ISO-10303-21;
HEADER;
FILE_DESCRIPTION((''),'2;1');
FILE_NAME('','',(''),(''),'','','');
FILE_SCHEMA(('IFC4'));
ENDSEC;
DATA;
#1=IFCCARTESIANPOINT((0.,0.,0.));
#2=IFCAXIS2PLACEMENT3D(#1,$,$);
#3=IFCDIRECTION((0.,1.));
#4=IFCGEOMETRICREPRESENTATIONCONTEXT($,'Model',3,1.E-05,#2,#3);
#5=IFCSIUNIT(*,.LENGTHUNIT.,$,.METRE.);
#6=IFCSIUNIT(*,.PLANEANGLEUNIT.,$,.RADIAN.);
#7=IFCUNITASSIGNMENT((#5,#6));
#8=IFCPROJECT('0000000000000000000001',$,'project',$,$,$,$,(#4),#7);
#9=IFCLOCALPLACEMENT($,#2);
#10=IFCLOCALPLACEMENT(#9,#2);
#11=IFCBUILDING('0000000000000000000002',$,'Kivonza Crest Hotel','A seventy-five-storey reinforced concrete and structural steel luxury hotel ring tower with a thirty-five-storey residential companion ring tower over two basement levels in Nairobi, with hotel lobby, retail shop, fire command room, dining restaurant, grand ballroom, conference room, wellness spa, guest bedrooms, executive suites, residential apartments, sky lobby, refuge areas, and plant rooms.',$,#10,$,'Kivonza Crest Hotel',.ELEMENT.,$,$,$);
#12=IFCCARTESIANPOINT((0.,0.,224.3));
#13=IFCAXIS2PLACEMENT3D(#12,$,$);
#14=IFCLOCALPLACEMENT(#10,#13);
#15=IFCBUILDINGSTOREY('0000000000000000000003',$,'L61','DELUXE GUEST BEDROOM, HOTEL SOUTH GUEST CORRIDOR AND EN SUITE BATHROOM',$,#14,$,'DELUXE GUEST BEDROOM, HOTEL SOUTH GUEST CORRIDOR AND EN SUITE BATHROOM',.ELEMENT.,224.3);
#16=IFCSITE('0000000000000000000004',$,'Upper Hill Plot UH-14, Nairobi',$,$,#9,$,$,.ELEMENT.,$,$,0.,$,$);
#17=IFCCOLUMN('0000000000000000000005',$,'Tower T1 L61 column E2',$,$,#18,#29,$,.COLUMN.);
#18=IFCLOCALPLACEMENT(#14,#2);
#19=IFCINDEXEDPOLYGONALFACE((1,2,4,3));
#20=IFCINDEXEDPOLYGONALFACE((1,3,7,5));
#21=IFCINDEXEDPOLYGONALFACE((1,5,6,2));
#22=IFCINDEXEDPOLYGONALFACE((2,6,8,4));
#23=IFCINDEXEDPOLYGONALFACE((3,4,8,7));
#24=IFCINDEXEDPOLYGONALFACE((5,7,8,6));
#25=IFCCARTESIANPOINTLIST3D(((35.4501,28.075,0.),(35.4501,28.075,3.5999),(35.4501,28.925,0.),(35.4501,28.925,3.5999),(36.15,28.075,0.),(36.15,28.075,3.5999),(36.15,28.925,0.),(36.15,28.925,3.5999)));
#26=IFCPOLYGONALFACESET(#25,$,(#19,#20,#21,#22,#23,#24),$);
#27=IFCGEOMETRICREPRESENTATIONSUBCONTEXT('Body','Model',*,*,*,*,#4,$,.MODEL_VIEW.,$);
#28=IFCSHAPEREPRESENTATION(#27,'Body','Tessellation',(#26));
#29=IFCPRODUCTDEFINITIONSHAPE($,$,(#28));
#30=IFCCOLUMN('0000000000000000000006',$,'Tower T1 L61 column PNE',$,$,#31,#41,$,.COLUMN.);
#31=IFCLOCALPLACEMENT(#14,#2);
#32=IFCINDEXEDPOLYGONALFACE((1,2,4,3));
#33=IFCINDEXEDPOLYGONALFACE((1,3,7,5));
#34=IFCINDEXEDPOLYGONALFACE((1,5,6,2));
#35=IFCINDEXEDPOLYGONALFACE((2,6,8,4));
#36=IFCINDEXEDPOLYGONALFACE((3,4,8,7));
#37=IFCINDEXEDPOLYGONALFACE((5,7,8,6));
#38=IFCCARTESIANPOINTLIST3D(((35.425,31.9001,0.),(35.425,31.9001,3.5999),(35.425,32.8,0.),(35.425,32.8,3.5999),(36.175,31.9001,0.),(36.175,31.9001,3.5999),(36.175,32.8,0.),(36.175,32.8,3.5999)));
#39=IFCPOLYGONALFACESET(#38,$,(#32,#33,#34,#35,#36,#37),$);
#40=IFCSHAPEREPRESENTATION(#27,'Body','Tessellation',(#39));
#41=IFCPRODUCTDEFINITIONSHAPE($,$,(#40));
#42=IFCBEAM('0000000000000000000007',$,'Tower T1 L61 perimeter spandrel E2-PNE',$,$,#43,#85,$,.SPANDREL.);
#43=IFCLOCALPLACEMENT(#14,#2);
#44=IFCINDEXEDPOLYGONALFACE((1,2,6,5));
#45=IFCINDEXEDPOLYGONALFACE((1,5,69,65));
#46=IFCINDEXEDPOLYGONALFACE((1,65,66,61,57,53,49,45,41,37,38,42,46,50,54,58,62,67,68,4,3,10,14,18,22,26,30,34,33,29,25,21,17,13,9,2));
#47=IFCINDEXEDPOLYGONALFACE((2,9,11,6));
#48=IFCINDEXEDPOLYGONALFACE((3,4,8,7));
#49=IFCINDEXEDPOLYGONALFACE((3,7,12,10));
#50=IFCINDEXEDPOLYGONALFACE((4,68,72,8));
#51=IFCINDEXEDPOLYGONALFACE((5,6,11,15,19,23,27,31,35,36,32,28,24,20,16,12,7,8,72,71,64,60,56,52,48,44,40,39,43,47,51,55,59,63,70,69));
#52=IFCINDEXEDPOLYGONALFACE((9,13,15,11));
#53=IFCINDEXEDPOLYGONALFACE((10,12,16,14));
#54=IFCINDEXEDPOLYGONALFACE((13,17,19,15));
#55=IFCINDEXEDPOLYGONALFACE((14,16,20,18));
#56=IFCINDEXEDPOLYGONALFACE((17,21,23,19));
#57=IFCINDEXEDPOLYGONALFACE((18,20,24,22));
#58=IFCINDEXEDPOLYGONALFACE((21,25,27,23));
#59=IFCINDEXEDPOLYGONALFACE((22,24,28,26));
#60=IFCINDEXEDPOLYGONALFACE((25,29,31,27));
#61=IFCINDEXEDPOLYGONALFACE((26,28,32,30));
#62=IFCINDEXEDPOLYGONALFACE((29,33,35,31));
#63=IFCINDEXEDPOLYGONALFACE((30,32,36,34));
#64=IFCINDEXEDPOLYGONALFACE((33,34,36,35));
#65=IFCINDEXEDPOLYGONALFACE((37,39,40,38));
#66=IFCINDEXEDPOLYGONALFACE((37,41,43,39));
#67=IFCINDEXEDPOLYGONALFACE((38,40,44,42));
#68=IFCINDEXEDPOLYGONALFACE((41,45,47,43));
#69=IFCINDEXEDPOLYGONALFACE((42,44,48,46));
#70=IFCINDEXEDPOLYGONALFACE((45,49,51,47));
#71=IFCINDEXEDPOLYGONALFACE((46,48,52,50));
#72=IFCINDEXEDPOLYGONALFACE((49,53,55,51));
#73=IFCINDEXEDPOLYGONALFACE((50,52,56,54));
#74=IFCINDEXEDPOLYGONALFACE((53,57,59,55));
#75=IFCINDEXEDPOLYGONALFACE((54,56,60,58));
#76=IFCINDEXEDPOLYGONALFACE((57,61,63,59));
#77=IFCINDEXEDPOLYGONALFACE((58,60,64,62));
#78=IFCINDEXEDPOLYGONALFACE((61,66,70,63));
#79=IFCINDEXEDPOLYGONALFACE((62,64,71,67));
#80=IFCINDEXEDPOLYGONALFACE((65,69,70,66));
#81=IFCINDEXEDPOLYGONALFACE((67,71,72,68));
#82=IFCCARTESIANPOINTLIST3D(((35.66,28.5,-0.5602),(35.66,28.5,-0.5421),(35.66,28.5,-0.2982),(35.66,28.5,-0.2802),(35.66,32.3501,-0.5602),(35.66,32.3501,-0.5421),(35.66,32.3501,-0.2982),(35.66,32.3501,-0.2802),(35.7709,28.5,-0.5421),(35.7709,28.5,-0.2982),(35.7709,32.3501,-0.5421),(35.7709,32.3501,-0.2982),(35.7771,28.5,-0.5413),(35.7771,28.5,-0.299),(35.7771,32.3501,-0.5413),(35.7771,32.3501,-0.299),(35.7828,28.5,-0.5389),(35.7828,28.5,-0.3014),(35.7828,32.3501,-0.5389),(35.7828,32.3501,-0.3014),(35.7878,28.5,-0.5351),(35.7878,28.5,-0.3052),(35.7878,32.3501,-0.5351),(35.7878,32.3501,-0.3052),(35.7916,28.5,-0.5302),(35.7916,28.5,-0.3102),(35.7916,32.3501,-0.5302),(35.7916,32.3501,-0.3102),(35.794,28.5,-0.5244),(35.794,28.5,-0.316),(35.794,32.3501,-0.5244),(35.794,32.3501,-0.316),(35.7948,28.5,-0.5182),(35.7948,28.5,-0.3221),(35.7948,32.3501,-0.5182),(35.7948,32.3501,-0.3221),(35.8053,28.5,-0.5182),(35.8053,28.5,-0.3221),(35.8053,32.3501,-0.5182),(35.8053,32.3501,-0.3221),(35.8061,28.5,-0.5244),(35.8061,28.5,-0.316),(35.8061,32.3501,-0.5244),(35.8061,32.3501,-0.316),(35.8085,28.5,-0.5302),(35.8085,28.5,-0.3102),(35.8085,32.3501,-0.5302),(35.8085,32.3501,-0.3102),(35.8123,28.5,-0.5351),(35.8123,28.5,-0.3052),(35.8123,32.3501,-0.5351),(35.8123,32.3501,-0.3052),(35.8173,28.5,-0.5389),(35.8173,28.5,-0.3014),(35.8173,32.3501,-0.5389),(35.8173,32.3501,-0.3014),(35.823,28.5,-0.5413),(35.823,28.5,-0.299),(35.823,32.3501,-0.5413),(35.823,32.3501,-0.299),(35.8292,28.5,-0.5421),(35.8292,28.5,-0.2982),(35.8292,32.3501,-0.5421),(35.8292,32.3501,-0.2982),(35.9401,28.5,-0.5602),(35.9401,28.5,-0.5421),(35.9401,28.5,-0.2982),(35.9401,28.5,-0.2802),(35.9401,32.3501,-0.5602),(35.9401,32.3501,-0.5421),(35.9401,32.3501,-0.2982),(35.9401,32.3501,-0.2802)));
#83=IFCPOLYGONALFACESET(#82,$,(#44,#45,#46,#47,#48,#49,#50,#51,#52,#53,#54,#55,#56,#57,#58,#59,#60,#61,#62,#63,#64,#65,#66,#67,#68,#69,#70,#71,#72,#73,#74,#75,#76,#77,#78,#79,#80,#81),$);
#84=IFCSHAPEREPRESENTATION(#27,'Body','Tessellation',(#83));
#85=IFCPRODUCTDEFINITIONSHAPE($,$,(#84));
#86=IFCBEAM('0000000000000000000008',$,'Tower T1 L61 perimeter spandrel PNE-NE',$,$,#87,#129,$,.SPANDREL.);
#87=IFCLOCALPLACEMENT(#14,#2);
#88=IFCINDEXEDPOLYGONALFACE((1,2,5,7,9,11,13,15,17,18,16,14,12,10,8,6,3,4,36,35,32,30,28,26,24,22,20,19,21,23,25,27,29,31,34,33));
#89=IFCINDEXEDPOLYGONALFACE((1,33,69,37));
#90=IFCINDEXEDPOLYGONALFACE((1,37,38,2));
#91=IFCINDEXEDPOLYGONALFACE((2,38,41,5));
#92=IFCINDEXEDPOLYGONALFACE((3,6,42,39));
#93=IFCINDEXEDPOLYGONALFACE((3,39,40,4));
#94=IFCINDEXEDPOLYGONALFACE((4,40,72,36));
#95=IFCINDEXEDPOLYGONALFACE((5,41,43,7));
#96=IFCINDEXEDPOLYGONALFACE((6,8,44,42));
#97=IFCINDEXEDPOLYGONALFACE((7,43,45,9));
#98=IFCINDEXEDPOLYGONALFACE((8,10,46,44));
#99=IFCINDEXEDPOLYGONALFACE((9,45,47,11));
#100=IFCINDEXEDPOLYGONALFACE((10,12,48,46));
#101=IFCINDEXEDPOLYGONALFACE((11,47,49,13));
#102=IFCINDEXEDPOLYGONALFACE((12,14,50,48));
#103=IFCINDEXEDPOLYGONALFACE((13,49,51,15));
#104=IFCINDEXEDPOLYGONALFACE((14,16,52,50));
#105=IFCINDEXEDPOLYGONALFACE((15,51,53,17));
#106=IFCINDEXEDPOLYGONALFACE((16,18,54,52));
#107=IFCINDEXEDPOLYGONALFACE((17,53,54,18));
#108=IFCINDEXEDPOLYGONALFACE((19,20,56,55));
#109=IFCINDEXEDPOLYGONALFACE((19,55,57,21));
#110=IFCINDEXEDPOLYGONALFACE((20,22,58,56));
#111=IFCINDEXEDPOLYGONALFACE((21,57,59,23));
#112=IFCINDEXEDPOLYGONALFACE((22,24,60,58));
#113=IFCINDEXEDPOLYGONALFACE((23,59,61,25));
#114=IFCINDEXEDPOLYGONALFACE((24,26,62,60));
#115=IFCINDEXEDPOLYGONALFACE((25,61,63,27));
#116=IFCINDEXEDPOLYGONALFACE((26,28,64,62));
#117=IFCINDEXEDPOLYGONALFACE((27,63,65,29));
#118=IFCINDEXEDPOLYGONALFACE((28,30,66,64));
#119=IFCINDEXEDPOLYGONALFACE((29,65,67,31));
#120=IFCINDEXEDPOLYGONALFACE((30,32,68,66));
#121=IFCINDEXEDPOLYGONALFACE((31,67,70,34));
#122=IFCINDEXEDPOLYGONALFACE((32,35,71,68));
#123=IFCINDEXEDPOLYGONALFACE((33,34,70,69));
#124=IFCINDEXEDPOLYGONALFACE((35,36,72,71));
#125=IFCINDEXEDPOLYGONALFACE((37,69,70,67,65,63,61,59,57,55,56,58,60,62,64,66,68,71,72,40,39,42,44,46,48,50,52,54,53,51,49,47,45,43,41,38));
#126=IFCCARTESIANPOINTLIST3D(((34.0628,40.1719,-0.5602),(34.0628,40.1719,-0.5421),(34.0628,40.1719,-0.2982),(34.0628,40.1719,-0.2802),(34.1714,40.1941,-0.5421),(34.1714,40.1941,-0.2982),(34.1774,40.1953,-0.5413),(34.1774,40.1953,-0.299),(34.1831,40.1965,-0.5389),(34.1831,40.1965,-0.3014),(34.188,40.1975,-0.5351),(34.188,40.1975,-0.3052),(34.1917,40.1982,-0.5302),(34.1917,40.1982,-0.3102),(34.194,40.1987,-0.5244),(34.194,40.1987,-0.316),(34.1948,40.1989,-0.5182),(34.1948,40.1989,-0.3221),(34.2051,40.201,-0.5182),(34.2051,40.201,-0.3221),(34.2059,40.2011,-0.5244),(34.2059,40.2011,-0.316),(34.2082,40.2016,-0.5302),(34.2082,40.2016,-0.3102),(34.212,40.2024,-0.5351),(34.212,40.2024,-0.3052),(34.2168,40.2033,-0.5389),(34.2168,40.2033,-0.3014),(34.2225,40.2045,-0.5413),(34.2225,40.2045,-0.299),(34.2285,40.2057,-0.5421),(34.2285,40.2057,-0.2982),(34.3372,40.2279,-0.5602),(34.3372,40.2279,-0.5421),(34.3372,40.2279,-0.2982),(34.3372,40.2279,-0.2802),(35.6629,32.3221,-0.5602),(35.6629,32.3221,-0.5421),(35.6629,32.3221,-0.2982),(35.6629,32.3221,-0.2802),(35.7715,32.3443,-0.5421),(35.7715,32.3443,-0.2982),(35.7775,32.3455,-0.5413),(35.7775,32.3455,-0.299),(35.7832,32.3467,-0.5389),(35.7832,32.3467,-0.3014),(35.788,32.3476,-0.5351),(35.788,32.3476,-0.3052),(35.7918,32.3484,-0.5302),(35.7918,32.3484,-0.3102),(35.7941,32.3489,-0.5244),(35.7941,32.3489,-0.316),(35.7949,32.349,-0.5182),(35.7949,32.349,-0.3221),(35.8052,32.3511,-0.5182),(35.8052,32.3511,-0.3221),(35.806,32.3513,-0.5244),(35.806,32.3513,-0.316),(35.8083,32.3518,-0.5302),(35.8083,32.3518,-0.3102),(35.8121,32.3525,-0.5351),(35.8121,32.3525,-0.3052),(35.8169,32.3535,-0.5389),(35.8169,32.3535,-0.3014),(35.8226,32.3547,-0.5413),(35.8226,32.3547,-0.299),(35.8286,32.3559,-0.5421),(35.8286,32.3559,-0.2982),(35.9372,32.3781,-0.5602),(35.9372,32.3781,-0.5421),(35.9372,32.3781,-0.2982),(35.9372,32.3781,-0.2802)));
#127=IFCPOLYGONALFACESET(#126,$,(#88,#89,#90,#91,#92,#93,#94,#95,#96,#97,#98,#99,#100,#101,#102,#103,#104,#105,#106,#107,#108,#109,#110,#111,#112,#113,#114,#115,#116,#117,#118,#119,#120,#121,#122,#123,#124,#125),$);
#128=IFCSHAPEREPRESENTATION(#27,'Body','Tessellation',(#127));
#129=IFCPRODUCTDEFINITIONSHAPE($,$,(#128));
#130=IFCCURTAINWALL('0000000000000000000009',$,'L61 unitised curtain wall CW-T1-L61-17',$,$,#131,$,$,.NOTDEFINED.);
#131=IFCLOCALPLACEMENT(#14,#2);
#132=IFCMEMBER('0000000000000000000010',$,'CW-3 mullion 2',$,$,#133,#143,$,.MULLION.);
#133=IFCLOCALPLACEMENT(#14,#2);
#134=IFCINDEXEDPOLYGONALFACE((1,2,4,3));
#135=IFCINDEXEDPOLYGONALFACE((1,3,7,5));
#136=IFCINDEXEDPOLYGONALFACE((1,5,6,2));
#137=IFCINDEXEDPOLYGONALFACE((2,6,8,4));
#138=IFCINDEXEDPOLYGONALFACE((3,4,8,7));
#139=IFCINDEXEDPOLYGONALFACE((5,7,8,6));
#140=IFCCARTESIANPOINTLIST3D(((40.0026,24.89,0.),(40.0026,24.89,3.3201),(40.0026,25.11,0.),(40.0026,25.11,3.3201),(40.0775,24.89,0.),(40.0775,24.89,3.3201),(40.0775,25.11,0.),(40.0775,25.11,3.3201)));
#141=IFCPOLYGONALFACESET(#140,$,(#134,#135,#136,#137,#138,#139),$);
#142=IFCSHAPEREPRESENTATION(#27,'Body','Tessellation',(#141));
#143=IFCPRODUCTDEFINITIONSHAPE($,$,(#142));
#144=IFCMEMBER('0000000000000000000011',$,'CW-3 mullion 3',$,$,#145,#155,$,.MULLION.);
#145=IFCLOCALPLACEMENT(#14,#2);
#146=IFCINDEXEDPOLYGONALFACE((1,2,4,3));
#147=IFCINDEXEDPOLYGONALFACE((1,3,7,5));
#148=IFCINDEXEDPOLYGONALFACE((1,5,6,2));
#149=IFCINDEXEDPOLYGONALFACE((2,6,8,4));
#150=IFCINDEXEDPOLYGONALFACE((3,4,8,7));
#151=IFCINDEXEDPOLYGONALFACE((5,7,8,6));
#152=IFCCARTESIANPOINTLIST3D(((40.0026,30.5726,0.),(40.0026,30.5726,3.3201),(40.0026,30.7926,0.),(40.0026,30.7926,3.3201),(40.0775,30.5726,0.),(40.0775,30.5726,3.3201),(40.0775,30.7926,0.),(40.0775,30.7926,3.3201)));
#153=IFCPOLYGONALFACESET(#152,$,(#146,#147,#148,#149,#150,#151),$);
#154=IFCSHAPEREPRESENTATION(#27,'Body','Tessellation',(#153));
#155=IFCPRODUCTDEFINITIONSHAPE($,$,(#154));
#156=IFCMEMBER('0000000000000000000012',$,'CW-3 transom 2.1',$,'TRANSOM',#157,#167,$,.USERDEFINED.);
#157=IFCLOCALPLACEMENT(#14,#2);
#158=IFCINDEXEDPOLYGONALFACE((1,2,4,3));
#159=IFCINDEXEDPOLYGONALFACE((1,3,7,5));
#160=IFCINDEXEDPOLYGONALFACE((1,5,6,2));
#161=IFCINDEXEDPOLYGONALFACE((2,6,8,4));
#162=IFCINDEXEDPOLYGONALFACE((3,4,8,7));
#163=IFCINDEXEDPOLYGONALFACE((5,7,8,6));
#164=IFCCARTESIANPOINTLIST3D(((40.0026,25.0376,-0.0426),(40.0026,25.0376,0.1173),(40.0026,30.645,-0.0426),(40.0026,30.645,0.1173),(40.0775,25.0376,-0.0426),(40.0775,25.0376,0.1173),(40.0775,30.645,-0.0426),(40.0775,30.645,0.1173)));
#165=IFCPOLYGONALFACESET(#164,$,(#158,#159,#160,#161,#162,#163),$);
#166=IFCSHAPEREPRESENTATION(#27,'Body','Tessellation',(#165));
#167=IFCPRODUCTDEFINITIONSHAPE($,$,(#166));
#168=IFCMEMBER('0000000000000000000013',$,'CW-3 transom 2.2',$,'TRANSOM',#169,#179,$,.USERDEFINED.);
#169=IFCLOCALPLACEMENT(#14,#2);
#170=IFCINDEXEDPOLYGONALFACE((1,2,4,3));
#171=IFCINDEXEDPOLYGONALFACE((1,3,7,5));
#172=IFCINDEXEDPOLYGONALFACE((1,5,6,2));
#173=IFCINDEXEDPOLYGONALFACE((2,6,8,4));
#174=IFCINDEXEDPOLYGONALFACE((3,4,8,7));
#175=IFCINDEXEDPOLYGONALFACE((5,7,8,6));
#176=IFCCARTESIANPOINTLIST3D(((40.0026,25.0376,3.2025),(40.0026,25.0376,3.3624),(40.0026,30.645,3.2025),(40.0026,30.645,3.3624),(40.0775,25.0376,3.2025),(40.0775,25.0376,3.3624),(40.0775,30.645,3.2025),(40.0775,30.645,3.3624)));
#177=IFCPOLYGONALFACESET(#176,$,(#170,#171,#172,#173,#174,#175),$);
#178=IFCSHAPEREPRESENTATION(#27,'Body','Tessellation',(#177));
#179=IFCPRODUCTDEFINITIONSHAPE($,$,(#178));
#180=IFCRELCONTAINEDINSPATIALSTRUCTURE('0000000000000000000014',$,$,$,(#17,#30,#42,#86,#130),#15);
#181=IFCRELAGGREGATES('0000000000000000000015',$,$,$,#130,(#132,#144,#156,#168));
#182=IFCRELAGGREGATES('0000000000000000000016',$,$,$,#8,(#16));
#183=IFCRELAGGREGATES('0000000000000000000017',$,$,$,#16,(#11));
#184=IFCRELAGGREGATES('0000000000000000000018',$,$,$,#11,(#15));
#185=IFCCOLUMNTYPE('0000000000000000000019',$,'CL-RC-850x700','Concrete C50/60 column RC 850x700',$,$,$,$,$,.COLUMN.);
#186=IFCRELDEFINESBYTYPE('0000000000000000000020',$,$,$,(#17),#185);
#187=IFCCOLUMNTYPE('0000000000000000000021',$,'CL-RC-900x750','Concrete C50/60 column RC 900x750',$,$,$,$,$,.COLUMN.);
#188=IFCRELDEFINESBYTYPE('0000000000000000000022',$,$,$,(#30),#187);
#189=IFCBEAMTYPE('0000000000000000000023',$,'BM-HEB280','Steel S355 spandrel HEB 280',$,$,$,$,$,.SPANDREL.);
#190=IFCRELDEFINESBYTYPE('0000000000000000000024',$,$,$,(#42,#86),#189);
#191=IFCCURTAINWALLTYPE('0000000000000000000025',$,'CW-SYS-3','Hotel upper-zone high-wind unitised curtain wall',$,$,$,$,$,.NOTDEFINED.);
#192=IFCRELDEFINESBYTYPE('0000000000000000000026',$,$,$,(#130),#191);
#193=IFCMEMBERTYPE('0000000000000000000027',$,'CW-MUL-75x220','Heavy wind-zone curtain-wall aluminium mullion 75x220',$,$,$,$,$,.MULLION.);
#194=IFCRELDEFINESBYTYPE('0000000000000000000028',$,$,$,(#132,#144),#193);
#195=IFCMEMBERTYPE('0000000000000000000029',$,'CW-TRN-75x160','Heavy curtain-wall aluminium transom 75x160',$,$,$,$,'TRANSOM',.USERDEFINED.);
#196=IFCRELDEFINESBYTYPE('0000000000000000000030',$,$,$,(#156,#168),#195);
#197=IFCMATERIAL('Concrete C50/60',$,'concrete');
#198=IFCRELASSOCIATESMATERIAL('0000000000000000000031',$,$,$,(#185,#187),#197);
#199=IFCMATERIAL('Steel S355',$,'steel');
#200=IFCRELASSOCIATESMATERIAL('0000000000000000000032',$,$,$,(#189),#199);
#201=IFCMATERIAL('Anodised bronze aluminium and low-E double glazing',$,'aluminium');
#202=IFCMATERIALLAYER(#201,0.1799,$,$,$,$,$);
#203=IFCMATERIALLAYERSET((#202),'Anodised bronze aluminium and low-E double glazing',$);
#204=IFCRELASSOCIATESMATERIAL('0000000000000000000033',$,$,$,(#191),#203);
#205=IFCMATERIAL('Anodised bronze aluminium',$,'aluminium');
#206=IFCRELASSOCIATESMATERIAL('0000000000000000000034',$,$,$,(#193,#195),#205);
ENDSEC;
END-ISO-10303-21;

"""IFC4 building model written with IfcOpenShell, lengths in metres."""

from ifc_helpers import new_model, si_unit, direction, frame, origin, origin_2d, place, context, subcontext, project, spatial, rectangle, i_section, extrude, material, layer, layer_set, material_profile, profile_set, type_object, element, aggregate, save


model = new_model("IFC4")

# Units and contexts
model_context = context("Model", 3, precision=1e-05, world=origin(), true_north=direction((0.0, 1.0)))
body_context = subcontext(model_context, "Body", "Model", "MODEL_VIEW")
ifc_project = project(units=[si_unit("LENGTHUNIT", "METRE"), si_unit("PLANEANGLEUNIT", "RADIAN")], contexts=[model_context])

# Site, building, storey
site_placement = place(None, origin())
site = spatial("IfcSite", under=ifc_project, at=site_placement, Name="Upper Hill Plot UH-14, Nairobi", CompositionType="ELEMENT", RefElevation=0.0)
building_placement = place(site_placement, origin())
building = spatial("IfcBuilding", under=site, at=building_placement, Name="Kivonza Crest Hotel", Description="A seventy-five-storey reinforced concrete and structural steel luxury hotel ring tower with a thirty-five-storey residential companion ring tower over two basement levels in Nairobi, with hotel lobby, retail shop, fire command room, dining restaurant, grand ballroom, conference room, wellness spa, guest bedrooms, executive suites, residential apartments, sky lobby, refuge areas, and plant rooms.", LongName="Kivonza Crest Hotel", CompositionType="ELEMENT")
storey_placement = place(building_placement, frame((0.0, 0.0, 224.3)))
storey = spatial("IfcBuildingStorey", under=building, at=storey_placement, Name="L61", Description="DELUXE GUEST BEDROOM, HOTEL SOUTH GUEST CORRIDOR AND EN SUITE BATHROOM", LongName="DELUXE GUEST BEDROOM, HOTEL SOUTH GUEST CORRIDOR AND EN SUITE BATHROOM", CompositionType="ELEMENT", Elevation=224.3)

# Columns
ifc_material_1 = material(Name="Concrete C50/60", Category="concrete")
ifc_material_profile_1 = material_profile(ifc_material_1, rectangle(XDim=0.7, YDim=0.8501, at=origin_2d()), Name="RC 850x700")
ifc_profile_set_1 = profile_set([ifc_material_profile_1], Name="Concrete C50/60")
column_type_1 = type_object("IfcColumnType", Name="CL-RC-850x700", Description="Concrete C50/60 column RC 850x700", PredefinedType="COLUMN", material=ifc_profile_set_1)
column_1_placement = place(storey_placement, frame((35.8, 28.5, 0.0), z_axis=(0.0, 0.0, 1.0), x_axis=(1.0, 0.0, 0.0)))
element("IfcColumn", 1, at=column_1_placement, inside=storey, type_object=column_type_1, Name="Tower T1 L61 column E2", PredefinedType="COLUMN", context=body_context, shape_type="SweptSolid", body=[
    extrude(rectangle(XDim=0.7, YDim=0.8501, at=origin_2d()), origin(), (0.0, 0.0, 1.0), 3.5999),
])
ifc_material_profile_2 = material_profile(ifc_material_1, rectangle(XDim=0.75, YDim=0.8999, at=origin_2d()), Name="RC 900x750")
ifc_profile_set_2 = profile_set([ifc_material_profile_2], Name="Concrete C50/60")
column_type_2 = type_object("IfcColumnType", Name="CL-RC-900x750", Description="Concrete C50/60 column RC 900x750", PredefinedType="COLUMN", material=ifc_profile_set_2)
column_2_placement = place(storey_placement, frame((35.8, 32.3501, 0.0), z_axis=(0.0, 0.0, 1.0), x_axis=(1.0, 0.0, 0.0)))
element("IfcColumn", 2, at=column_2_placement, inside=storey, type_object=column_type_2, Name="Tower T1 L61 column PNE", PredefinedType="COLUMN", context=body_context, shape_type="SweptSolid", body=[
    extrude(rectangle(XDim=0.75, YDim=0.8999, at=origin_2d()), origin(), (0.0, 0.0, 1.0), 3.5999),
])

# Beams
ifc_material_2 = material(Name="Steel S355", Category="steel")
ifc_material_profile_3 = material_profile(ifc_material_2, i_section(OverallWidth=0.28, OverallDepth=0.28, WebThickness=0.0105, FlangeThickness=0.0181, FilletRadius=0.0239, at=origin_2d()), Name="HEB 280")
ifc_profile_set_3 = profile_set([ifc_material_profile_3], Name="Steel S355")
beam_type = type_object("IfcBeamType", Name="BM-HEB280", Description="Steel S355 spandrel HEB 280", PredefinedType="SPANDREL", material=ifc_profile_set_3)
beam_1_placement = place(storey_placement, frame((35.8, 28.5, -0.4202), z_axis=(0.0, 1.0, 0.0), x_axis=(-1.0, 0.0, 0.0)))
element("IfcBeam", 3, at=beam_1_placement, inside=storey, type_object=beam_type, Name="Tower T1 L61 perimeter spandrel E2-PNE", PredefinedType="SPANDREL", context=body_context, shape_type="SweptSolid", body=[
    extrude(i_section(OverallWidth=0.28, OverallDepth=0.28, WebThickness=0.0105, FlangeThickness=0.0181, FilletRadius=0.0239, at=origin_2d()), origin(), (0.0, 0.0, 1.0), 3.8501),
])
beam_2_placement = place(storey_placement, frame((35.8, 32.3501, -0.4202), z_axis=(-0.199731, 0.979851, 0.0), x_axis=(-0.979851, -0.199731, 0.0)))
element("IfcBeam", 4, at=beam_2_placement, inside=storey, type_object=beam_type, Name="Tower T1 L61 perimeter spandrel PNE-NE", PredefinedType="SPANDREL", context=body_context, shape_type="SweptSolid", body=[
    extrude(i_section(OverallWidth=0.28, OverallDepth=0.28, WebThickness=0.0105, FlangeThickness=0.0181, FilletRadius=0.0239, at=origin_2d()), origin(), (0.0, 0.0, 1.0), 8.0112),
])

# Curtain wall, members
ifc_material_3 = material(Name="Anodised bronze aluminium and low-E double glazing", Category="aluminium")
ifc_layer_1 = layer(ifc_material_3, 0.1799)
ifc_layer_set_1 = layer_set([ifc_layer_1], Name="Anodised bronze aluminium and low-E double glazing")
curtain_wall_type = type_object("IfcCurtainWallType", Name="CW-SYS-3", Description="Hotel upper-zone high-wind unitised curtain wall", PredefinedType="NOTDEFINED", material=ifc_layer_set_1)
curtain_wall_placement = place(storey_placement, origin())
curtain_wall = element("IfcCurtainWall", 5, at=curtain_wall_placement, inside=storey, type_object=curtain_wall_type, Name="L61 unitised curtain wall CW-T1-L61-17", PredefinedType="NOTDEFINED")
ifc_material_4 = material(Name="Anodised bronze aluminium", Category="aluminium")
ifc_material_profile_4 = material_profile(ifc_material_4, rectangle(XDim=0.075, YDim=0.22, at=origin_2d()), Name="CW-M 75x220")
ifc_profile_set_4 = profile_set([ifc_material_profile_4], Name="Anodised bronze aluminium")
member_type_1 = type_object("IfcMemberType", Name="CW-MUL-75x220", Description="Heavy wind-zone curtain-wall aluminium mullion 75x220", PredefinedType="MULLION", material=ifc_profile_set_4)
member_1_placement = place(storey_placement, frame((40.04, 25.0, 0.0), z_axis=(0.0, 0.0, 1.0), x_axis=(-1.0, 0.0, 0.0)))
member_1 = element("IfcMember", 6, at=member_1_placement, type_object=member_type_1, Name="CW-3 mullion 2", PredefinedType="MULLION", context=body_context, shape_type="SweptSolid", body=[
    extrude(rectangle(XDim=0.075, YDim=0.22, at=origin_2d()), origin(), (0.0, 0.0, 1.0), 3.3201),
])
member_2_placement = place(storey_placement, frame((40.04, 30.6826, 0.0), z_axis=(0.0, 0.0, 1.0), x_axis=(-1.0, 0.0, 0.0)))
member_2 = element("IfcMember", 7, at=member_2_placement, type_object=member_type_1, Name="CW-3 mullion 3", PredefinedType="MULLION", context=body_context, shape_type="SweptSolid", body=[
    extrude(rectangle(XDim=0.075, YDim=0.22, at=origin_2d()), origin(), (0.0, 0.0, 1.0), 3.3201),
])
ifc_material_profile_5 = material_profile(ifc_material_4, rectangle(XDim=0.075, YDim=0.1599, at=origin_2d()), Name="CW-T 75x160")
ifc_profile_set_5 = profile_set([ifc_material_profile_5], Name="Anodised bronze aluminium")
member_type_2 = type_object("IfcMemberType", Name="CW-TRN-75x160", Description="Heavy curtain-wall aluminium transom 75x160", ElementType="TRANSOM", PredefinedType="USERDEFINED", material=ifc_profile_set_5)
member_3_placement = place(storey_placement, frame((40.04, 25.0376, 0.0374), z_axis=(0.0, 1.0, 0.0), x_axis=(-1.0, 0.0, 0.0)))
member_3 = element("IfcMember", 8, at=member_3_placement, type_object=member_type_2, Name="CW-3 transom 2.1", ObjectType="TRANSOM", PredefinedType="USERDEFINED", context=body_context, shape_type="SweptSolid", body=[
    extrude(rectangle(XDim=0.075, YDim=0.1599, at=origin_2d()), origin(), (0.0, 0.0, 1.0), 5.6074),
])
member_4_placement = place(storey_placement, frame((40.04, 25.0376, 3.2825), z_axis=(0.0, 1.0, 0.0), x_axis=(-1.0, 0.0, 0.0)))
member_4 = element("IfcMember", 9, at=member_4_placement, type_object=member_type_2, Name="CW-3 transom 2.2", ObjectType="TRANSOM", PredefinedType="USERDEFINED", context=body_context, shape_type="SweptSolid", body=[
    extrude(rectangle(XDim=0.075, YDim=0.1599, at=origin_2d()), origin(), (0.0, 0.0, 1.0), 5.6074),
])
aggregate(curtain_wall, [member_1, member_2, member_3, member_4])

save(model, "model.ifc")
